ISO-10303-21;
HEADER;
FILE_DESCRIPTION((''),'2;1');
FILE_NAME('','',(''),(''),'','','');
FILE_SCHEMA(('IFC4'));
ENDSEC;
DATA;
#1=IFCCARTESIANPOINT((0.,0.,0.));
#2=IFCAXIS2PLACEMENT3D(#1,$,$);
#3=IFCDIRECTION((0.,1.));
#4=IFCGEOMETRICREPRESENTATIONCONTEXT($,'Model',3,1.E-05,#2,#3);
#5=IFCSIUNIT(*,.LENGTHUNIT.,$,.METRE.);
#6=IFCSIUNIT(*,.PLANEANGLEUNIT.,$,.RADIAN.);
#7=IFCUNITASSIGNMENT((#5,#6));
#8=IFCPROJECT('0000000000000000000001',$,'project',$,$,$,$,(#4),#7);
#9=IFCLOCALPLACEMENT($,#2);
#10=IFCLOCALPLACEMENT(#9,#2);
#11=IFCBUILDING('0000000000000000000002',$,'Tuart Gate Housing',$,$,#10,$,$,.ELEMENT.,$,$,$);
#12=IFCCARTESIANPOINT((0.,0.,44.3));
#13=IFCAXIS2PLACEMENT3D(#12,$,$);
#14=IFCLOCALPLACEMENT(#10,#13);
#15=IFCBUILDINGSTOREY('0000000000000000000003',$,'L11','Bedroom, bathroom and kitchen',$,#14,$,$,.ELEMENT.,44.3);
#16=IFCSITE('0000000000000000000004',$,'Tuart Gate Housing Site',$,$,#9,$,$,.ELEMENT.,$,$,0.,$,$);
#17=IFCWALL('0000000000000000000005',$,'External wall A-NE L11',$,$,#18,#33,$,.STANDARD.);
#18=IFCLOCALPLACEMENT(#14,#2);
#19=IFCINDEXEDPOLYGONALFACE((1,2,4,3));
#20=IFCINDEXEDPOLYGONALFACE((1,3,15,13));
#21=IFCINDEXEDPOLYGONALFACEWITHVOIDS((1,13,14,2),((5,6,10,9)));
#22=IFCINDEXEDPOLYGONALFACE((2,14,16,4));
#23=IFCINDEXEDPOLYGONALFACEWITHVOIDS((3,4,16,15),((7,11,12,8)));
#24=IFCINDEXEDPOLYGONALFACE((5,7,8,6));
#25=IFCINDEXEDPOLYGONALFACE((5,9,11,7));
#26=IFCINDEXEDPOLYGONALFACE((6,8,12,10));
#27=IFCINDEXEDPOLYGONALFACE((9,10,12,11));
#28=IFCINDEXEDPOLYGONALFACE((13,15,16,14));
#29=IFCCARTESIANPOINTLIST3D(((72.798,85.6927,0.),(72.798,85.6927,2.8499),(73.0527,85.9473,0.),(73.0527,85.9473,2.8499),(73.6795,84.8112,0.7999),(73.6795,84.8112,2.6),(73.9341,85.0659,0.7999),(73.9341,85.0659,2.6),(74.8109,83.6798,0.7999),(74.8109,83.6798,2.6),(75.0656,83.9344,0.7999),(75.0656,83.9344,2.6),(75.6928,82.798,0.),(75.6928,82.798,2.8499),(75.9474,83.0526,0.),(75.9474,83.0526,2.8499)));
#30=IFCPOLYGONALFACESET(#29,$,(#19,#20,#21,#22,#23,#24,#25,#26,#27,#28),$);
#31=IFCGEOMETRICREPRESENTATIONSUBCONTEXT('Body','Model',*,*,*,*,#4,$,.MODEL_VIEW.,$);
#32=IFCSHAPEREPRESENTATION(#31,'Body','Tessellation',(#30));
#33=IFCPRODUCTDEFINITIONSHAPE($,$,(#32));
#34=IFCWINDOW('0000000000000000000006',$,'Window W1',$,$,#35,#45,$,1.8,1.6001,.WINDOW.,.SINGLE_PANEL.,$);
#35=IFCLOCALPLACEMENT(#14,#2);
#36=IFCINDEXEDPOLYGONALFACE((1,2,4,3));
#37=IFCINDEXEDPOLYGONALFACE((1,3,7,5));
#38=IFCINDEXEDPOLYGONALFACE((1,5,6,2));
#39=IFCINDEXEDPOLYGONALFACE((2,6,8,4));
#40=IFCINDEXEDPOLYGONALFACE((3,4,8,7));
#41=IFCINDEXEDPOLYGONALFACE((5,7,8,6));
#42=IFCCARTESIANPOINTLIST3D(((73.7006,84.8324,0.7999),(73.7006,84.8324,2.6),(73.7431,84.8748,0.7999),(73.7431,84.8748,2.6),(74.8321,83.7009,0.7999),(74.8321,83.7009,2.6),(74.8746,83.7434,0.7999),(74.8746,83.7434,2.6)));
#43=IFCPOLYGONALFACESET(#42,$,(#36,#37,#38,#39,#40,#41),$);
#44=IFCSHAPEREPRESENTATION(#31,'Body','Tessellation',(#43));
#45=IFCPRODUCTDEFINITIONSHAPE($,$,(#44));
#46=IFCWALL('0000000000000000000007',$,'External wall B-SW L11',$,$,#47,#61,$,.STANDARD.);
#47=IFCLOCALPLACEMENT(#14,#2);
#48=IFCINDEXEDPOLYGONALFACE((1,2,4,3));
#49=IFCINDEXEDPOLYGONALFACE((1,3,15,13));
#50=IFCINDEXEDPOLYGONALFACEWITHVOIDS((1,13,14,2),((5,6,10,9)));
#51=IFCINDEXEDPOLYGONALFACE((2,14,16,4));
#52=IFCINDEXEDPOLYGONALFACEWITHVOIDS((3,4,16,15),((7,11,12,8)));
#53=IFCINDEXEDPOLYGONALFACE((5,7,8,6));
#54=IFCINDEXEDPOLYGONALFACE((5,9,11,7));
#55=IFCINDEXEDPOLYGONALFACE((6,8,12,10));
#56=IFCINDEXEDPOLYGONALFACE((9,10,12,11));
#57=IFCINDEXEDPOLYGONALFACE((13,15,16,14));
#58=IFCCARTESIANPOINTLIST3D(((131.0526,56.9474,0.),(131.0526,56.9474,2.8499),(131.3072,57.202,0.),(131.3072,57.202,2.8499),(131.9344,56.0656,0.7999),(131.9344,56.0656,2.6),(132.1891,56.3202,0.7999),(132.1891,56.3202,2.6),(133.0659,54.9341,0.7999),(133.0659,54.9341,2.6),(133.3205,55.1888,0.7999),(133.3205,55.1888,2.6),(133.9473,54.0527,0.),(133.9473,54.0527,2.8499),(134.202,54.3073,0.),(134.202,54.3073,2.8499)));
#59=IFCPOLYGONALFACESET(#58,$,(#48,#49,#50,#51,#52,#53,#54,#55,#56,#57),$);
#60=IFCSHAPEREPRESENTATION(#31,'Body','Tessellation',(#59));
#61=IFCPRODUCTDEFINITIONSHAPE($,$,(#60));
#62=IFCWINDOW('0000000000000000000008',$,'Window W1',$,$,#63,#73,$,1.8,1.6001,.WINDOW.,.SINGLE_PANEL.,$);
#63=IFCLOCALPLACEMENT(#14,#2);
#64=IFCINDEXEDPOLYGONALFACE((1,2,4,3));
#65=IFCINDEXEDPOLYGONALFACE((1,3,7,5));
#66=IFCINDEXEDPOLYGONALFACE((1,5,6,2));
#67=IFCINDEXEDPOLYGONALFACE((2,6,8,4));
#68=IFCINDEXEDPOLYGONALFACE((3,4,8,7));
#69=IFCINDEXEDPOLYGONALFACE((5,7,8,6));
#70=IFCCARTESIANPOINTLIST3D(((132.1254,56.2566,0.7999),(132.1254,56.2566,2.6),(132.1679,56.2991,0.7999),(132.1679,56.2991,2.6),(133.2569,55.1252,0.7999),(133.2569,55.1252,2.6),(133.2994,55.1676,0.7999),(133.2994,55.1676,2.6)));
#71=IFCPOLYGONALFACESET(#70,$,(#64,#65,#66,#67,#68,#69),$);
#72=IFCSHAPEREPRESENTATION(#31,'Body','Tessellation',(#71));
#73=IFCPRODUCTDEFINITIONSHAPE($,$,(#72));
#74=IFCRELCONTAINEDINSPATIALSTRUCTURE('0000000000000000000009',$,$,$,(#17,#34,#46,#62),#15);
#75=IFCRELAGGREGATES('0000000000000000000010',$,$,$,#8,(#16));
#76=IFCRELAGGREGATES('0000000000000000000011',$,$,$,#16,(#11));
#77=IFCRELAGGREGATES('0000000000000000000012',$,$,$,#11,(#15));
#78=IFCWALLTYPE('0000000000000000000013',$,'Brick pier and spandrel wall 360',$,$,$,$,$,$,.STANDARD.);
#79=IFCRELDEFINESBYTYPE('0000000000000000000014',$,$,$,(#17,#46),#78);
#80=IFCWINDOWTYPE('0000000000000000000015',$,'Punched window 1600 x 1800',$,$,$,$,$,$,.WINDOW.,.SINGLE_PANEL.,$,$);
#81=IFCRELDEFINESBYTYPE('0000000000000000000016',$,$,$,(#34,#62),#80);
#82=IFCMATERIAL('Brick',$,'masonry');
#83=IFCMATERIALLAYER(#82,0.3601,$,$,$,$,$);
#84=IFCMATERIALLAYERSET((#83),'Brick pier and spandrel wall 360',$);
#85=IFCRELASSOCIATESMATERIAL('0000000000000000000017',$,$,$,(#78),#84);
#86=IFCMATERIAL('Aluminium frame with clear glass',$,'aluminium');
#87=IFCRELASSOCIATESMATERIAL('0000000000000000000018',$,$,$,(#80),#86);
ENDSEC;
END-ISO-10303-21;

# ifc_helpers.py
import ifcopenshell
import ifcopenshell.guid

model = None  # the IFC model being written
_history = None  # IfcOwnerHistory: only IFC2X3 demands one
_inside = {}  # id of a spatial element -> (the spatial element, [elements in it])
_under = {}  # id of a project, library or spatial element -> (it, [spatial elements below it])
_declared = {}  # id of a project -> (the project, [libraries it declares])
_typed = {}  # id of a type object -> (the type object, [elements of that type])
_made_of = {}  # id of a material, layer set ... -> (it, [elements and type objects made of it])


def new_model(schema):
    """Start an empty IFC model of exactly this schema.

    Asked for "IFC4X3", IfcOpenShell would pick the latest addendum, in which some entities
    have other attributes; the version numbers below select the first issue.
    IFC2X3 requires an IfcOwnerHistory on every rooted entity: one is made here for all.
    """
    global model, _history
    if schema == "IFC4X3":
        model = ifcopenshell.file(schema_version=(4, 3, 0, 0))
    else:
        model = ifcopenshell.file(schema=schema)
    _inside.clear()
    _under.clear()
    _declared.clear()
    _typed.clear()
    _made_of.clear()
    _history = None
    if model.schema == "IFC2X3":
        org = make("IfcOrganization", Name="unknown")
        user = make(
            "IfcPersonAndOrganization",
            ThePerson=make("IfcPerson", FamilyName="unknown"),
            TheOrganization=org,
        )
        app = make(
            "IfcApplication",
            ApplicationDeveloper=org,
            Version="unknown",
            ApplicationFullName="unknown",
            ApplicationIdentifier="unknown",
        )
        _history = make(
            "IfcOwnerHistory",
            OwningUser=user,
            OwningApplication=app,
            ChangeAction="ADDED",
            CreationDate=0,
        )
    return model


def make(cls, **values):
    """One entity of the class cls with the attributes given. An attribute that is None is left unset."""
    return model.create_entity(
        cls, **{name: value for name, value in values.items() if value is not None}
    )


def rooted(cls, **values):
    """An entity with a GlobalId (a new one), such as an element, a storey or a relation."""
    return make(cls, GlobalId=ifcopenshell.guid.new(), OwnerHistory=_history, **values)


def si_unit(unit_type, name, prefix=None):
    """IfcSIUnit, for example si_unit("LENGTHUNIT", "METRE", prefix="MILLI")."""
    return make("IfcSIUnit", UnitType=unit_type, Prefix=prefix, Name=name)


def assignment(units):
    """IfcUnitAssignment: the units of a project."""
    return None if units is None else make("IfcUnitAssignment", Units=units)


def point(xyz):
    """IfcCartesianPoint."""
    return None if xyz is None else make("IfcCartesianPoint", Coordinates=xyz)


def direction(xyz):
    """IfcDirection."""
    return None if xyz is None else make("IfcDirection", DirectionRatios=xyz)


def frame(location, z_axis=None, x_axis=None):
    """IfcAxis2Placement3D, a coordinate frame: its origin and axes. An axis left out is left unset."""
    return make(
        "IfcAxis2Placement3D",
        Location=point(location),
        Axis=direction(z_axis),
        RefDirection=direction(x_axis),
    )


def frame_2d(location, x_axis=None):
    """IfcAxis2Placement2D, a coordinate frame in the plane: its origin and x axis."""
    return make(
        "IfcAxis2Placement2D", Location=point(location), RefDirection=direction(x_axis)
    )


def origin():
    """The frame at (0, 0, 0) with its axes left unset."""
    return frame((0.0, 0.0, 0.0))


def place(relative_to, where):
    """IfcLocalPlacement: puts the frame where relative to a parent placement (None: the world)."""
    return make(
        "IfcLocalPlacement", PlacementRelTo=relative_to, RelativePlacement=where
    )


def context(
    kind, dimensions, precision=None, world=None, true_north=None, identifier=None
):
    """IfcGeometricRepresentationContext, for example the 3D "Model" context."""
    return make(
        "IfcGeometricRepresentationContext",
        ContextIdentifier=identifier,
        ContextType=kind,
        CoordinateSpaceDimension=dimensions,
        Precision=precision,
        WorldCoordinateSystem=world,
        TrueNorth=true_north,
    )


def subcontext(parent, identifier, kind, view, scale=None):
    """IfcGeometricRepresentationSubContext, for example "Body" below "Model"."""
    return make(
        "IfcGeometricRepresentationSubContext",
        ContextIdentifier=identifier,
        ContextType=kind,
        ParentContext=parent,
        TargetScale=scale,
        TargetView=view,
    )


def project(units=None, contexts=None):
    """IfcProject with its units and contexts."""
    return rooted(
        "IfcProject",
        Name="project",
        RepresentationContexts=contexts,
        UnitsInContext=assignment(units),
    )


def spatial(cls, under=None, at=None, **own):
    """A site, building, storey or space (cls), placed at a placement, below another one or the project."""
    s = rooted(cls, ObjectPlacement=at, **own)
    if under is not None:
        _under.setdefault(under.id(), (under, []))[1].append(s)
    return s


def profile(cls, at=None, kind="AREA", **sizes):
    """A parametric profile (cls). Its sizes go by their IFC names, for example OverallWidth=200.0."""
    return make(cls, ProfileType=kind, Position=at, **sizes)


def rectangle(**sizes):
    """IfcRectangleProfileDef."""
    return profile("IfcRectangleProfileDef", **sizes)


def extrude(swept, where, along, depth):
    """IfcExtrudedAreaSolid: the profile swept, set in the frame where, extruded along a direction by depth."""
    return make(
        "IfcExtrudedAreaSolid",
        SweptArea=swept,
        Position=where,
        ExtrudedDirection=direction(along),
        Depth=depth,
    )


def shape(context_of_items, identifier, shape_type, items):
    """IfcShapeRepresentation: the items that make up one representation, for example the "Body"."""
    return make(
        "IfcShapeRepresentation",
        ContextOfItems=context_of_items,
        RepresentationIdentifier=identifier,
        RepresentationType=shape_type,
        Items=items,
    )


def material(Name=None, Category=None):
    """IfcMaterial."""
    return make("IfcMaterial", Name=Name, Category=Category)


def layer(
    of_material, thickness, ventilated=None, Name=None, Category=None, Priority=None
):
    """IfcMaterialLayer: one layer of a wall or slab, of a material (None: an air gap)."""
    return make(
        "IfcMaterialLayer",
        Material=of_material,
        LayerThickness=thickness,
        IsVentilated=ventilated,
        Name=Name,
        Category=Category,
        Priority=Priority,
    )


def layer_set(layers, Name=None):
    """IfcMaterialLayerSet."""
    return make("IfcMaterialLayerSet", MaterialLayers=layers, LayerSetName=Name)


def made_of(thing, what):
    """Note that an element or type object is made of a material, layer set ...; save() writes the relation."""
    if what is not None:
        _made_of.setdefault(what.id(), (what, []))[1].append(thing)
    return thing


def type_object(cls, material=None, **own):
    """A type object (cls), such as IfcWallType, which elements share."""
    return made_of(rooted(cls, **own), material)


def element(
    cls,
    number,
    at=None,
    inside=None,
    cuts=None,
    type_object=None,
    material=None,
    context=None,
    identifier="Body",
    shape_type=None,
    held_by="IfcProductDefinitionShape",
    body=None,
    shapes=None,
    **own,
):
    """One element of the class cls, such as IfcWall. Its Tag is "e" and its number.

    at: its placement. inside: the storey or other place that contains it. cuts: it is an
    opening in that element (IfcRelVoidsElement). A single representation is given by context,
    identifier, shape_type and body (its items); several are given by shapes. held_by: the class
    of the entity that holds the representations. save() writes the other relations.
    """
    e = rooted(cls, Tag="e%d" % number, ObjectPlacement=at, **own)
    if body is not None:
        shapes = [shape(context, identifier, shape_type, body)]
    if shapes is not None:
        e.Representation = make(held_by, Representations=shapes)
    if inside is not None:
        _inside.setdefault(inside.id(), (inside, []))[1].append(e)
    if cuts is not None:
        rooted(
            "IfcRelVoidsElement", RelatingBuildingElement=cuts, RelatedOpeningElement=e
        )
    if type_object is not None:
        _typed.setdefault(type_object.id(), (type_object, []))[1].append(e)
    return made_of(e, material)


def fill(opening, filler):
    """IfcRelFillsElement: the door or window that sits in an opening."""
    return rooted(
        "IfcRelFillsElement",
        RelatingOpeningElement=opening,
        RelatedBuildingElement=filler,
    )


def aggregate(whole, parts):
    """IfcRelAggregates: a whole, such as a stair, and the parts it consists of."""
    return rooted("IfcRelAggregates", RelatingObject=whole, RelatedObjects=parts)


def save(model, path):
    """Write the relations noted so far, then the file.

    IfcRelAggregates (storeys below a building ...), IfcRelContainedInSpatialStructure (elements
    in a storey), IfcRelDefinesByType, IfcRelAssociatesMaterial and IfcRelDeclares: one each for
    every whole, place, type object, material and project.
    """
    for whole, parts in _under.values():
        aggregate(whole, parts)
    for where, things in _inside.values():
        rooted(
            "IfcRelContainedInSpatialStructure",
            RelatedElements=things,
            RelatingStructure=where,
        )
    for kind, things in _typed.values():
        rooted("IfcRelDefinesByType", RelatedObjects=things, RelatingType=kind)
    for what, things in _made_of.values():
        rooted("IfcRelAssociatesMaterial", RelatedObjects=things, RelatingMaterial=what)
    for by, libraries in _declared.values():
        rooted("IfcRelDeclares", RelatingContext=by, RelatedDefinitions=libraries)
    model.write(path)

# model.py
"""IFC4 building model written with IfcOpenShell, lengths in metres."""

from ifc_helpers import new_model, si_unit, direction, frame, frame_2d, origin, place, context, subcontext, project, spatial, rectangle, extrude, material, layer, layer_set, type_object, element, fill, save


model = new_model("IFC4")

# Units and contexts
model_context = context("Model", 3, precision=1e-05, world=origin(), true_north=direction((0.0, 1.0)))
body_context = subcontext(model_context, "Body", "Model", "MODEL_VIEW")
ifc_project = project(units=[si_unit("LENGTHUNIT", "METRE"), si_unit("PLANEANGLEUNIT", "RADIAN")], contexts=[model_context])

# Site, building, storey
site_placement = place(None, origin())
site = spatial("IfcSite", under=ifc_project, at=site_placement, Name="Tuart Gate Housing Site", CompositionType="ELEMENT", RefElevation=0.0)
building_placement = place(site_placement, origin())
building = spatial("IfcBuilding", under=site, at=building_placement, Name="Tuart Gate Housing", CompositionType="ELEMENT")
storey_placement = place(building_placement, frame((0.0, 0.0, 44.3)))
storey = spatial("IfcBuildingStorey", under=building, at=storey_placement, Name="L11", Description="Bedroom, bathroom and kitchen", CompositionType="ELEMENT", Elevation=44.3)

# Shared definitions
ifc_material_1 = material(Name="Brick", Category="masonry")
ifc_layer_1 = layer(ifc_material_1, 0.3601)
ifc_layer_set_1 = layer_set([ifc_layer_1], Name="Brick pier and spandrel wall 360")
wall_type_1 = type_object("IfcWallType", Name="Brick pier and spandrel wall 360", PredefinedType="STANDARD", material=ifc_layer_set_1)
ifc_material_2 = material(Name="Aluminium frame with clear glass", Category="aluminium")
window_type_1 = type_object("IfcWindowType", Name="Punched window 1600 x 1800", PartitioningType="SINGLE_PANEL", PredefinedType="WINDOW", material=ifc_material_2)

# Walls, openings, windows
wall_1_placement = place(storey_placement, frame((75.8201, 82.9253, 0.0), z_axis=(0.0, 0.0, 1.0), x_axis=(-0.707107, 0.707107, 0.0)))
wall_1 = element("IfcWall", 1, at=wall_1_placement, inside=storey, type_object=wall_type_1, Name="External wall A-NE L11", PredefinedType="STANDARD", context=body_context, shape_type="SweptSolid", body=[
    extrude(rectangle(XDim=4.0938, YDim=0.3601, at=frame_2d((2.0469, 0.0))), origin(), (0.0, 0.0, 1.0), 2.8499),
])
opening_1_placement = place(wall_1_placement, frame((1.2471, 0.0, 0.8)))
opening_1 = element("IfcOpeningElement", 2, at=opening_1_placement, cuts=wall_1, PredefinedType="OPENING", context=body_context, shape_type="SweptSolid", body=[
    extrude(rectangle(XDim=1.6001, YDim=1.8, at=frame_2d((0.8, 0.8999))), frame((0.0, 0.1899, 0.0), z_axis=(0.0, -1.0, 0.0), x_axis=(1.0, 0.0, 0.0)), (0.0, 0.0, 1.0), 0.3801),
])
window_1_placement = place(opening_1_placement, origin())
window_1 = element("IfcWindow", 3, at=window_1_placement, inside=storey, type_object=window_type_1, Name="Window W1", OverallHeight=1.8, OverallWidth=1.6001, PartitioningType="SINGLE_PANEL", PredefinedType="WINDOW", context=body_context, shape_type="SweptSolid", body=[
    extrude(rectangle(XDim=1.6001, YDim=1.8, at=frame_2d((0.8, 0.8999))), frame((0.0, 0.1501, 0.0), z_axis=(0.0, -1.0, 0.0), x_axis=(1.0, 0.0, 0.0)), (0.0, 0.0, 1.0), 0.0601),
])
fill(opening_1, window_1)
wall_2_placement = place(storey_placement, frame((131.1799, 57.0747, 0.0), z_axis=(0.0, 0.0, 1.0), x_axis=(0.707107, -0.707107, 0.0)))
wall_2 = element("IfcWall", 4, at=wall_2_placement, inside=storey, type_object=wall_type_1, Name="External wall B-SW L11", PredefinedType="STANDARD", context=body_context, shape_type="SweptSolid", body=[
    extrude(rectangle(XDim=4.0938, YDim=0.3601, at=frame_2d((2.0469, 0.0))), origin(), (0.0, 0.0, 1.0), 2.8499),
])
opening_2_placement = place(wall_2_placement, frame((1.2471, 0.0, 0.8)))
opening_2 = element("IfcOpeningElement", 5, at=opening_2_placement, cuts=wall_2, PredefinedType="OPENING", context=body_context, shape_type="SweptSolid", body=[
    extrude(rectangle(XDim=1.6001, YDim=1.8, at=frame_2d((0.8, 0.8999))), frame((0.0, 0.1899, 0.0), z_axis=(0.0, -1.0, 0.0), x_axis=(1.0, 0.0, 0.0)), (0.0, 0.0, 1.0), 0.3801),
])
window_2_placement = place(opening_2_placement, origin())
window_2 = element("IfcWindow", 6, at=window_2_placement, inside=storey, type_object=window_type_1, Name="Window W1", OverallHeight=1.8, OverallWidth=1.6001, PartitioningType="SINGLE_PANEL", PredefinedType="WINDOW", context=body_context, shape_type="SweptSolid", body=[
    extrude(rectangle(XDim=1.6001, YDim=1.8, at=frame_2d((0.8, 0.8999))), frame((0.0, 0.1501, 0.0), z_axis=(0.0, -1.0, 0.0), x_axis=(1.0, 0.0, 0.0)), (0.0, 0.0, 1.0), 0.0601),
])
fill(opening_2, window_2)

save(model, "model.ifc")
